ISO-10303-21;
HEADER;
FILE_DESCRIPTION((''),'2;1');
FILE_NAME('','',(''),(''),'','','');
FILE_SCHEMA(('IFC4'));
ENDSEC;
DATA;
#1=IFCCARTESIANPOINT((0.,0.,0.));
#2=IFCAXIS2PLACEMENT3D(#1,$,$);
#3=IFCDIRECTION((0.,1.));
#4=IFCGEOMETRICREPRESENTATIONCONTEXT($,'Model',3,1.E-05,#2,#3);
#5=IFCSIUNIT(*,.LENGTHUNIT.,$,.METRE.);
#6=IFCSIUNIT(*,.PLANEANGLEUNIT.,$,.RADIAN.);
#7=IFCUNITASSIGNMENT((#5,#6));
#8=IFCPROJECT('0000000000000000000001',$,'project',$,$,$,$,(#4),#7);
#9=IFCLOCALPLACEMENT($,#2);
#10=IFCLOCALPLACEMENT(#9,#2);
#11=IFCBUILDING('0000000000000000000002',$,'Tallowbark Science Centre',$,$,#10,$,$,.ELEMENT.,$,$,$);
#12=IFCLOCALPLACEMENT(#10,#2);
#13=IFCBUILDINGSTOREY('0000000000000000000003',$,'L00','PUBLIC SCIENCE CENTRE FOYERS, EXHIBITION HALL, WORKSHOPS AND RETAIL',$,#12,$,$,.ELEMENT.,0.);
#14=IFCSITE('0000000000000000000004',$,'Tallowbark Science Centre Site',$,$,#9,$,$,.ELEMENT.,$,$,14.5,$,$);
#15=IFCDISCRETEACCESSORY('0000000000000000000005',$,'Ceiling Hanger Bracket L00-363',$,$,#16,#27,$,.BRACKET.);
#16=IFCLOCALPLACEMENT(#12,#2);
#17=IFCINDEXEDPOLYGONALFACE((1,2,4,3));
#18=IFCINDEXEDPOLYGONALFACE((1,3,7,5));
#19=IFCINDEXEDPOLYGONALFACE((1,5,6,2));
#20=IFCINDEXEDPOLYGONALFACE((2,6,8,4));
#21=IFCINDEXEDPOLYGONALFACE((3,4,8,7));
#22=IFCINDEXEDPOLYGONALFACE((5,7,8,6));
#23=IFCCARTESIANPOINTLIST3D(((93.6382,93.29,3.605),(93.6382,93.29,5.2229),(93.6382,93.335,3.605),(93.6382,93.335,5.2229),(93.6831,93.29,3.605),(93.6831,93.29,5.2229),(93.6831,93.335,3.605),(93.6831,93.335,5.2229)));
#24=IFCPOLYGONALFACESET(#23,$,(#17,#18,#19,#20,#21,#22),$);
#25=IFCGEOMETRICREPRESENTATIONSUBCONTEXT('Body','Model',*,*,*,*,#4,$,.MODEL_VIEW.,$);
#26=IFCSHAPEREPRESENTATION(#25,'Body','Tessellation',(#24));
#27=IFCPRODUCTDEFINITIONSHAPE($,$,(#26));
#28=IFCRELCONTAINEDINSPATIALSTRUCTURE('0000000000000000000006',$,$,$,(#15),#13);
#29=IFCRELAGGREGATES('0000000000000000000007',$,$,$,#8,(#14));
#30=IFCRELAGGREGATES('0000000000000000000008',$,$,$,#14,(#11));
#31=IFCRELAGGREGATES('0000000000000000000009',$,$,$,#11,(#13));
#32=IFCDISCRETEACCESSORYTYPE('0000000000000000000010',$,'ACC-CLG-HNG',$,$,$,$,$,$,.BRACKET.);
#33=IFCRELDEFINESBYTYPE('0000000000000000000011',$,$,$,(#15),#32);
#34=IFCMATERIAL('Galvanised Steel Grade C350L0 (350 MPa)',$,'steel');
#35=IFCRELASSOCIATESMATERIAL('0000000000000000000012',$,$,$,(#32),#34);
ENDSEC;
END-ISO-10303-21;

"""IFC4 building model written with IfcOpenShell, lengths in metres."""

from ifc_helpers import new_model, si_unit, direction, frame, origin, origin_2d, place, context, subcontext, project, spatial, rectangle, extrude, material, type_object, element, save


model = new_model("IFC4")

# Units and contexts
model_context = context("Model", 3, precision=1e-05, world=origin(), true_north=direction((0.0, 1.0)))
body_context = subcontext(model_context, "Body", "Model", "MODEL_VIEW")
ifc_project = project(units=[si_unit("LENGTHUNIT", "METRE"), si_unit("PLANEANGLEUNIT", "RADIAN")], contexts=[model_context])

# Site, building, storey
site_placement = place(None, origin())
site = spatial("IfcSite", under=ifc_project, at=site_placement, Name="Tallowbark Science Centre Site", CompositionType="ELEMENT", RefElevation=14.5)
building_placement = place(site_placement, origin())
building = spatial("IfcBuilding", under=site, at=building_placement, Name="Tallowbark Science Centre", CompositionType="ELEMENT")
storey_placement = place(building_placement, origin())
storey = spatial("IfcBuildingStorey", under=building, at=storey_placement, Name="L00", Description="PUBLIC SCIENCE CENTRE FOYERS, EXHIBITION HALL, WORKSHOPS AND RETAIL", CompositionType="ELEMENT", Elevation=0.0)

# Discrete accessory
ifc_material_1 = material(Name="Galvanised Steel Grade C350L0 (350 MPa)", Category="steel")
discrete_accessory_type = type_object("IfcDiscreteAccessoryType", Name="ACC-CLG-HNG", PredefinedType="BRACKET", material=ifc_material_1)
for number, where, z_axis, x_axis, name in (
    (1, (93.6606, 93.3125, 3.605), (0.0, 0.0, 1.0), (1.0, 0.0, 0.0), "Ceiling Hanger Bracket L00-363"),
):
    element("IfcDiscreteAccessory", number, at=place(storey_placement, frame(where, z_axis=z_axis, x_axis=x_axis)), inside=storey, type_object=discrete_accessory_type, Name=name, PredefinedType="BRACKET", context=body_context, shape_type="SweptSolid", body=[
        extrude(rectangle(XDim=0.0449, YDim=0.0449, at=origin_2d()), origin(), (0.0, 0.0, 1.0), 1.6179),
    ])

save(model, "model.ifc")
